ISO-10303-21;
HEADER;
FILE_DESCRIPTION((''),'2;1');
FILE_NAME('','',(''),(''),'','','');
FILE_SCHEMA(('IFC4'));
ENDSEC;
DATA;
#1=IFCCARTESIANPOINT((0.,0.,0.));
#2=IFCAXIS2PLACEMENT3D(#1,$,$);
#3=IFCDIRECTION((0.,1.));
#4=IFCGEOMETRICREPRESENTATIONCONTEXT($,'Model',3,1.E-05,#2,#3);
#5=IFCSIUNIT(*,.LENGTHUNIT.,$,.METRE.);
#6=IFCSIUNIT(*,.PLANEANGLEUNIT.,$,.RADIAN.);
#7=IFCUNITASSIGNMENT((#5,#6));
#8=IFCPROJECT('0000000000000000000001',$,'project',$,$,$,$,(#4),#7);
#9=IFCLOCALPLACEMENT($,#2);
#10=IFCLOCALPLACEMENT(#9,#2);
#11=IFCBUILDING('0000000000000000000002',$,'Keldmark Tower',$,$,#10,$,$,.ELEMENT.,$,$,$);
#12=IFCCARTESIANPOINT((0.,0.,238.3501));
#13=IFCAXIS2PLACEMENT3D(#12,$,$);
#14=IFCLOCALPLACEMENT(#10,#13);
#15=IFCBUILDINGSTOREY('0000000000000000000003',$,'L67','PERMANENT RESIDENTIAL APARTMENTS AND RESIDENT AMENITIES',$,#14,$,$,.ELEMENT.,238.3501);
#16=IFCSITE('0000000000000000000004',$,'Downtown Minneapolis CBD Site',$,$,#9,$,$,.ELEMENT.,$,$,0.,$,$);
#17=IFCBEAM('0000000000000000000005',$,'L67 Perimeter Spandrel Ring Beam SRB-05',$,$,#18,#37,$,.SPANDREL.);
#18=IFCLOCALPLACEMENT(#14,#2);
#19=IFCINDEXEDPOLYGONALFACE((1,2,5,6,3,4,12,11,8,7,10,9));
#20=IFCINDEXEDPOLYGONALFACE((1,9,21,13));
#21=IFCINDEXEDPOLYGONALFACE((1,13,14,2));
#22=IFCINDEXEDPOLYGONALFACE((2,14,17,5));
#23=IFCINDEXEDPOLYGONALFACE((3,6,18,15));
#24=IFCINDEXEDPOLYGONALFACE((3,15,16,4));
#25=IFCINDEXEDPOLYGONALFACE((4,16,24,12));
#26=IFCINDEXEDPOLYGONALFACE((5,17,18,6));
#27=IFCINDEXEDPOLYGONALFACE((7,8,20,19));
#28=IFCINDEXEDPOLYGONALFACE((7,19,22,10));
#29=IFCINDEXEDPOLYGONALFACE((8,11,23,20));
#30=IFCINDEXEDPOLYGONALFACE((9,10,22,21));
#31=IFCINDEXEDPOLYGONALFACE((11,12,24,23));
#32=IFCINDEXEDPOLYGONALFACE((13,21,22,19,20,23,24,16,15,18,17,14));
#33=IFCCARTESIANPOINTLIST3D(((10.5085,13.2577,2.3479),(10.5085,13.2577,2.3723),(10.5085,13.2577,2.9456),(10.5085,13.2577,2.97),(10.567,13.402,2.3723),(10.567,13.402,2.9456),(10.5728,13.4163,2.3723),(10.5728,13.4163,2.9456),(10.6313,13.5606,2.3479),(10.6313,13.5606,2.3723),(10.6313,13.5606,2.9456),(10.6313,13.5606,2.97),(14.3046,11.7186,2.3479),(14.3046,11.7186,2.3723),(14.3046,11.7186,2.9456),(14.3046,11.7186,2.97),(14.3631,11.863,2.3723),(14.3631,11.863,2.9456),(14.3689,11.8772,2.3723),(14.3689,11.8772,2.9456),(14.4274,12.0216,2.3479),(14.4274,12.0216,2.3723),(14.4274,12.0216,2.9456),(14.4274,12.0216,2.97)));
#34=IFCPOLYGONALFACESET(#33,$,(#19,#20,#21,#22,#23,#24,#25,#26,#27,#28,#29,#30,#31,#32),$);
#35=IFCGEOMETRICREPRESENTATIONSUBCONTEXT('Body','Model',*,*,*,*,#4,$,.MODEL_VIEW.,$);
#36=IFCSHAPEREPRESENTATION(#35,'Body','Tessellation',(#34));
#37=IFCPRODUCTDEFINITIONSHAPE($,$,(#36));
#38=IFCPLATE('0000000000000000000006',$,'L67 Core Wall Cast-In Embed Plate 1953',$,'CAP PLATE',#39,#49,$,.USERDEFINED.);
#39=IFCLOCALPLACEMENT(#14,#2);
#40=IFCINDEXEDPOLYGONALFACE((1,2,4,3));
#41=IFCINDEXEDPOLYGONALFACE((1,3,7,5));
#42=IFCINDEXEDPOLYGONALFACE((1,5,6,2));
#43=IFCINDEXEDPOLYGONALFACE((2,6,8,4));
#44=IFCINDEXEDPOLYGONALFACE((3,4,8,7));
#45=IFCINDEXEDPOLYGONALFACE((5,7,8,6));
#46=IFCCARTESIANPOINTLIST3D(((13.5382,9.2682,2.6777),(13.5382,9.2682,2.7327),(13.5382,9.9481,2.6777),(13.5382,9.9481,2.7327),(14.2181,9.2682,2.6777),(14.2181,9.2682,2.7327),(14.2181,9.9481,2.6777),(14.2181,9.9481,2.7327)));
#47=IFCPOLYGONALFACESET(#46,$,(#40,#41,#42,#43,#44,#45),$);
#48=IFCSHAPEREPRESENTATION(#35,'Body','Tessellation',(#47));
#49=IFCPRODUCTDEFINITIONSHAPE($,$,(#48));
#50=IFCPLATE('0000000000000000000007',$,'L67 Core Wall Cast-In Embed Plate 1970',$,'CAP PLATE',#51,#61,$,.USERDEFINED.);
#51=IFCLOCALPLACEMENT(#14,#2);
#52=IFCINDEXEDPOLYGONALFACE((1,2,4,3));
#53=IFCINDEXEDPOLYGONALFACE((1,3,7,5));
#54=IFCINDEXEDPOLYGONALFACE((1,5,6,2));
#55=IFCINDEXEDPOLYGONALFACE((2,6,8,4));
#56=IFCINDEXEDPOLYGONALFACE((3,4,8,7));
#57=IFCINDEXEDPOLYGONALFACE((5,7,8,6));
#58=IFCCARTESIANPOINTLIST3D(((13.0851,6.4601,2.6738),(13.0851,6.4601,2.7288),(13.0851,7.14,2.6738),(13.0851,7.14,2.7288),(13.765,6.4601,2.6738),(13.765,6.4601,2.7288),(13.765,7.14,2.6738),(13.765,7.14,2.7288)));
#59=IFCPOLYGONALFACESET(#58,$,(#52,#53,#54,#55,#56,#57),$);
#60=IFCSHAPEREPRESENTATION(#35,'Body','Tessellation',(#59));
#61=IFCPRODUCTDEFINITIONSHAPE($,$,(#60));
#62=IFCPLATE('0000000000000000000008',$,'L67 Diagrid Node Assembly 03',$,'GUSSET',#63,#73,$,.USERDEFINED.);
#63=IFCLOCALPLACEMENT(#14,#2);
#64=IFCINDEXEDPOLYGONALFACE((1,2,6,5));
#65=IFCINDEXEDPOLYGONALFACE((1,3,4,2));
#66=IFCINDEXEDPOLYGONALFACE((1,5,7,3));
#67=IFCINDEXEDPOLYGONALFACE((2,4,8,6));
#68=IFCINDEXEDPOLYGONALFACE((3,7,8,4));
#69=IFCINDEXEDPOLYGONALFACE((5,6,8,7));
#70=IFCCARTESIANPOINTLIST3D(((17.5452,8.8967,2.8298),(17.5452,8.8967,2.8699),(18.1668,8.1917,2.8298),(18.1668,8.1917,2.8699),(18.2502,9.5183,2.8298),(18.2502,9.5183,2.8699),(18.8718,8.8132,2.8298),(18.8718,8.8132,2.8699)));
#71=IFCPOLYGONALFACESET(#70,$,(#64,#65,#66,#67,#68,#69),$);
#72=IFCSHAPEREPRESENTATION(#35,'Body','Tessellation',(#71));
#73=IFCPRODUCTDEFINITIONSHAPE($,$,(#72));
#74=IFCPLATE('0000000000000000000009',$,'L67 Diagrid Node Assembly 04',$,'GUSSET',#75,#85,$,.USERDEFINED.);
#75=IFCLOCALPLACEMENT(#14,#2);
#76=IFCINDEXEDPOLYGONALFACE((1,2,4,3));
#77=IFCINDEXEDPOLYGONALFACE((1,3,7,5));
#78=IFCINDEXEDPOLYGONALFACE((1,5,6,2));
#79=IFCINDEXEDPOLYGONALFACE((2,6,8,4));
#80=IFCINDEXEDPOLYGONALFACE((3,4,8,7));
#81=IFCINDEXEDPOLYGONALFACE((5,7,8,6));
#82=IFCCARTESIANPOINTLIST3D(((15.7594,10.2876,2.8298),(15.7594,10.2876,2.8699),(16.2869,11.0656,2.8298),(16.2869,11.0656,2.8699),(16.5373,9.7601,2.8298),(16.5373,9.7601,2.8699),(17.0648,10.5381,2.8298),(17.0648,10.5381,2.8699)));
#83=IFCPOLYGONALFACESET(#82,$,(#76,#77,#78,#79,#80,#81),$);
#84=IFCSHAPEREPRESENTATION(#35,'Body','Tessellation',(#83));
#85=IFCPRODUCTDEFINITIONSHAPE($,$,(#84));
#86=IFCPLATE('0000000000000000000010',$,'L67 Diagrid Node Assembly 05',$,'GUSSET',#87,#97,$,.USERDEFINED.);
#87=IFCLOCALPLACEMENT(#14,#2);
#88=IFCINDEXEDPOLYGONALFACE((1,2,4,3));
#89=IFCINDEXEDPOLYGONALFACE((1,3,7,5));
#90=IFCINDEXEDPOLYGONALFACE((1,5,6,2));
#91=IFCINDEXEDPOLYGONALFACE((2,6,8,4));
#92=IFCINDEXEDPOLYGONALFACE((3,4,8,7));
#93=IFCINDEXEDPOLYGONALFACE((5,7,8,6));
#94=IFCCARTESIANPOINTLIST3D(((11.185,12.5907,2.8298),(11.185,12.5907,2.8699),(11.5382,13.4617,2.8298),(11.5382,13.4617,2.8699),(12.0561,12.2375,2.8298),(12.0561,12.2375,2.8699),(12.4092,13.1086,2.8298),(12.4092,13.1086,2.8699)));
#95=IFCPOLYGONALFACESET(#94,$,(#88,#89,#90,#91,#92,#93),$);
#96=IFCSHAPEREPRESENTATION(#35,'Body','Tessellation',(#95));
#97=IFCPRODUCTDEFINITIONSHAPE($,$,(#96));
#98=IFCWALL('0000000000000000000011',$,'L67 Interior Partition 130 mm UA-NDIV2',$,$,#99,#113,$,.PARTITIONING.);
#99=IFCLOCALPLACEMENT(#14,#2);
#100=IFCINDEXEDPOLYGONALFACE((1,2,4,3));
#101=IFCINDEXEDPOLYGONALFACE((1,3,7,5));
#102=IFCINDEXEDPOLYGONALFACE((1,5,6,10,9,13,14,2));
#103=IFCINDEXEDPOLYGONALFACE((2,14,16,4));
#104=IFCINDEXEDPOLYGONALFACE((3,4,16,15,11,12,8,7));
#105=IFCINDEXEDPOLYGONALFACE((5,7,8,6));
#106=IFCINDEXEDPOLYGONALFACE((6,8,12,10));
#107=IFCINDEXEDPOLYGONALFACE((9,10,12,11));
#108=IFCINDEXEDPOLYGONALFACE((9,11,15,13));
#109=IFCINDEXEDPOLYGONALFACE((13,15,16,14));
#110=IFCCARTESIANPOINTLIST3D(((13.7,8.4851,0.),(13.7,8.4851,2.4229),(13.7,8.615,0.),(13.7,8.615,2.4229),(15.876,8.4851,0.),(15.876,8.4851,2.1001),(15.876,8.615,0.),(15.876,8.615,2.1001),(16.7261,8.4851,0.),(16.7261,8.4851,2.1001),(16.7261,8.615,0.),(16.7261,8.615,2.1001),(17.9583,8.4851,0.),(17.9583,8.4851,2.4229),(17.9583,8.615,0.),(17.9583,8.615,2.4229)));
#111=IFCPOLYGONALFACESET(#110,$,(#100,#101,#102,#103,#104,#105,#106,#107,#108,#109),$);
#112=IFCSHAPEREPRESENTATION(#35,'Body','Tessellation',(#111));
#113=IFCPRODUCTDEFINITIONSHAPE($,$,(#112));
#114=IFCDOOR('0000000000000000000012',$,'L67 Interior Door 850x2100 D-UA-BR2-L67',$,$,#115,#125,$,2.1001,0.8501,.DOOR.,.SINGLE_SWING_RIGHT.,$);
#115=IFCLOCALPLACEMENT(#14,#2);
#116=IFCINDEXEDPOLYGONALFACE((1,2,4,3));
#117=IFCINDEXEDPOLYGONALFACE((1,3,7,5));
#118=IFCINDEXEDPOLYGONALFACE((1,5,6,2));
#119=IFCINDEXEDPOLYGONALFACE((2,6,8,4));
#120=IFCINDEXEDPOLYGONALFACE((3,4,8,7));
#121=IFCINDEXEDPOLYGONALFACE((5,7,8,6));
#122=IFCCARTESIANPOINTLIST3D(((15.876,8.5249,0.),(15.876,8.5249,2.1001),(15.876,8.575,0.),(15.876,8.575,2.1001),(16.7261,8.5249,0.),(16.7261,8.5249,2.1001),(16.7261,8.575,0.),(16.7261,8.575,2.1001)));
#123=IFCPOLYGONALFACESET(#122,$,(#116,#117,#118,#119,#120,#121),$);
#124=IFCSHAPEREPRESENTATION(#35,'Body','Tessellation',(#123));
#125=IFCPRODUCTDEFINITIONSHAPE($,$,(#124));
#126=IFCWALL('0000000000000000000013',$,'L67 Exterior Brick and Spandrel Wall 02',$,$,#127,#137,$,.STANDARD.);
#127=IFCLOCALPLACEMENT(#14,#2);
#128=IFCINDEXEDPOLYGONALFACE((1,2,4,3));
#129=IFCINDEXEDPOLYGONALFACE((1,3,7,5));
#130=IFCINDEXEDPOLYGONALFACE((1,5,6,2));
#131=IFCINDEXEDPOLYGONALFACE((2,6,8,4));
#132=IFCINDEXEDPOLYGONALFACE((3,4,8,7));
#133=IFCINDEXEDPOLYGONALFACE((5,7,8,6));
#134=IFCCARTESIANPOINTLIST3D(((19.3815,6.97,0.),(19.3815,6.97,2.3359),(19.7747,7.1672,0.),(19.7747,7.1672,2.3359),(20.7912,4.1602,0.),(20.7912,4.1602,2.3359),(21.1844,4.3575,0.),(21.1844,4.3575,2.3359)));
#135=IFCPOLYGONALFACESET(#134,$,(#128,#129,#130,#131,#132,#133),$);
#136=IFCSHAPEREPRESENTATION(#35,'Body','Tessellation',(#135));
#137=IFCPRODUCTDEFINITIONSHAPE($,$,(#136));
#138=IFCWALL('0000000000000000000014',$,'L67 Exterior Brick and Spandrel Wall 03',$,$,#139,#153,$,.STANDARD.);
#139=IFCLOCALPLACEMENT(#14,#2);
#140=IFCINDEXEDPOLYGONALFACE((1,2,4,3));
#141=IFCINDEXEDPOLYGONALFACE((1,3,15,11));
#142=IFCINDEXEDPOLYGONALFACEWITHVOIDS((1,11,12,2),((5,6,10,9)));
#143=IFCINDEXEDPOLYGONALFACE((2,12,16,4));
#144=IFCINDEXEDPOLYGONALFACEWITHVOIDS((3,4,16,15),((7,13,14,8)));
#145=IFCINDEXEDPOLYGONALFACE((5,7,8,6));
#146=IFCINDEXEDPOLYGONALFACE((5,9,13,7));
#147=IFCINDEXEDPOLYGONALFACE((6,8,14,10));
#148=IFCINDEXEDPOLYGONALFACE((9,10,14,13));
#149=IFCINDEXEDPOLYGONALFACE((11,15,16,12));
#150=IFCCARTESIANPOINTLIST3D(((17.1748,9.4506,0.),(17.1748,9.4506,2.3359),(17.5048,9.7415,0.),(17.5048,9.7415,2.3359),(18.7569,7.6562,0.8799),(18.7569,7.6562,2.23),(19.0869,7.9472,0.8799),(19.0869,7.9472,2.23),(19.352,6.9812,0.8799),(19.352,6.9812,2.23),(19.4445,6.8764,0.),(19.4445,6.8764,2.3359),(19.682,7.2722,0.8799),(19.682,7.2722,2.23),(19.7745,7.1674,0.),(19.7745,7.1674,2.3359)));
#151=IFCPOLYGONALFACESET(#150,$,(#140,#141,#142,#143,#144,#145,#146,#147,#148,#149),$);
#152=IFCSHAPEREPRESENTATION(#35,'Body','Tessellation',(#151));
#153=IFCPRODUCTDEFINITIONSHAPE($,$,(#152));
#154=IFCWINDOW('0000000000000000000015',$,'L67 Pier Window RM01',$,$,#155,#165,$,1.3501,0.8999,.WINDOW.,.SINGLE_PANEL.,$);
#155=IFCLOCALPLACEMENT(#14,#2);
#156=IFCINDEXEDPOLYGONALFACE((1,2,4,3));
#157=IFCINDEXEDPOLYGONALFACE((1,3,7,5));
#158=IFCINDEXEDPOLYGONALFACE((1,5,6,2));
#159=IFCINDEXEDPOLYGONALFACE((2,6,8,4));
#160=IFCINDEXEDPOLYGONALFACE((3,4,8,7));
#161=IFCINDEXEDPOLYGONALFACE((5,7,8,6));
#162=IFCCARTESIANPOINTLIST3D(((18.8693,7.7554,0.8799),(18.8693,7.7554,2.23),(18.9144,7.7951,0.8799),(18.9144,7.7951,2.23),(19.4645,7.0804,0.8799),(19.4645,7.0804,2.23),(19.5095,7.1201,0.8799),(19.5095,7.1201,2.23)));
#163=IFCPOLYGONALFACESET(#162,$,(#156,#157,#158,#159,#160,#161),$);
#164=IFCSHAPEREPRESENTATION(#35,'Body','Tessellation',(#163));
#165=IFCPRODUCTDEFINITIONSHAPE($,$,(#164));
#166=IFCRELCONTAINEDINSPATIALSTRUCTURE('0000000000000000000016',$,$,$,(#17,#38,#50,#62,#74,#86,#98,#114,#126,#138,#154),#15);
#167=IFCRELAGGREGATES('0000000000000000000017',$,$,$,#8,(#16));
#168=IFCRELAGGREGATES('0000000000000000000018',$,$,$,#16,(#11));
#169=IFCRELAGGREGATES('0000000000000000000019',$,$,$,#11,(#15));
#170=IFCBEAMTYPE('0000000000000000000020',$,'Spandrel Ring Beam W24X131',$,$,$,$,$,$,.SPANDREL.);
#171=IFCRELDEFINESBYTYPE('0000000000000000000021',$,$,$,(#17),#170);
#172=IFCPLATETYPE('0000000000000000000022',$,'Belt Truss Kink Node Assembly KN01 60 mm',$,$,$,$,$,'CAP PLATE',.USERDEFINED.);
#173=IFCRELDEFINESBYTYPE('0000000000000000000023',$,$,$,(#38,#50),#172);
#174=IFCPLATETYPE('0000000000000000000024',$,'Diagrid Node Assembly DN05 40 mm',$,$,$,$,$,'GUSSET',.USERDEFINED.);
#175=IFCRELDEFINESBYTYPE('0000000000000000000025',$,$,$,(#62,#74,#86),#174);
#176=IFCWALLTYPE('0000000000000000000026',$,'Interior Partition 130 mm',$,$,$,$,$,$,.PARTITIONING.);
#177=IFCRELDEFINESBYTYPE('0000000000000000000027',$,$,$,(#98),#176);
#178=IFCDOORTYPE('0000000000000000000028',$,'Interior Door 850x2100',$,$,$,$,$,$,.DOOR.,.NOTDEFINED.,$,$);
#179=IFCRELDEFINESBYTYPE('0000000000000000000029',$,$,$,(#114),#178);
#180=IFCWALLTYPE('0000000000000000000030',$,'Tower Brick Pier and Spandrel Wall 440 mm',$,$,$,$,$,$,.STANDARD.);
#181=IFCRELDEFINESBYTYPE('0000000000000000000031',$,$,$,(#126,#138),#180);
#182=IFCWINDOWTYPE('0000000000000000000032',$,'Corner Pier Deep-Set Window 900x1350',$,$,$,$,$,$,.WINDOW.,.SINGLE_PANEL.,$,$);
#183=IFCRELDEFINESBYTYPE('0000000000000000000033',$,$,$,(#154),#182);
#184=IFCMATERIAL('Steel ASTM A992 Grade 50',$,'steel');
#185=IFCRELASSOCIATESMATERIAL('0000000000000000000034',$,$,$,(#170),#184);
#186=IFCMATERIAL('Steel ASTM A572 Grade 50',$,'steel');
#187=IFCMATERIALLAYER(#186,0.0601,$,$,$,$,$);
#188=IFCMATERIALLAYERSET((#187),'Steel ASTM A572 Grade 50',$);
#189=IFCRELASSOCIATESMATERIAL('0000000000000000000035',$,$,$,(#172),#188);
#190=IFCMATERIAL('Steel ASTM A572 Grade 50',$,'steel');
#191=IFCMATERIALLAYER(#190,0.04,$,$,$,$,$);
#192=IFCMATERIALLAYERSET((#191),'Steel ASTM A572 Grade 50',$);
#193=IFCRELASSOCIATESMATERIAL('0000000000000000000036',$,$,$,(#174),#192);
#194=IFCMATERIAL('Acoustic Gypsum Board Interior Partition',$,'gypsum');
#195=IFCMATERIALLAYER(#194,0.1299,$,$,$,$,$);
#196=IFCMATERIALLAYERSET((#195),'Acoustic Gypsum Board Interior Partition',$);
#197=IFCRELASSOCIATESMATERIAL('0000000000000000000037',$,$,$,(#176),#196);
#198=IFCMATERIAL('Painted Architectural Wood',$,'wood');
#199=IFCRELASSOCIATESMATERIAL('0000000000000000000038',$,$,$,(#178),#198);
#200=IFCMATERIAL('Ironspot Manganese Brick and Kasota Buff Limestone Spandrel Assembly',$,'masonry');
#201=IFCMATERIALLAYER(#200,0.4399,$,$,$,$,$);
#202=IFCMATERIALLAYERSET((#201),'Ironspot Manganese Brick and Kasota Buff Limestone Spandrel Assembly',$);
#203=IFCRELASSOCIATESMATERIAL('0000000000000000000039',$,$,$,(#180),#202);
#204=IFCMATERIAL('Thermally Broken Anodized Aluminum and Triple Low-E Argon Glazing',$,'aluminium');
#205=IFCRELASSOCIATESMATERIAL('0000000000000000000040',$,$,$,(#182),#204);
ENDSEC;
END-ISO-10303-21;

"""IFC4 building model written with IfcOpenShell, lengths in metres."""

from ifc_helpers import new_model, si_unit, direction, frame, frame_2d, origin, origin_2d, place, context, subcontext, project, spatial, rectangle, i_section, extrude, material, layer, layer_set, material_profile, profile_set, type_object, element, fill, save


model = new_model("IFC4")

# Units and contexts
model_context = context("Model", 3, precision=1e-05, world=origin(), true_north=direction((0.0, 1.0)))
body_context = subcontext(model_context, "Body", "Model", "MODEL_VIEW")
ifc_project = project(units=[si_unit("LENGTHUNIT", "METRE"), si_unit("PLANEANGLEUNIT", "RADIAN")], contexts=[model_context])

# Site, building, storey
site_placement = place(None, origin())
site = spatial("IfcSite", under=ifc_project, at=site_placement, Name="Downtown Minneapolis CBD Site", CompositionType="ELEMENT", RefElevation=0.0)
building_placement = place(site_placement, origin())
building = spatial("IfcBuilding", under=site, at=building_placement, Name="Keldmark Tower", CompositionType="ELEMENT")
storey_placement = place(building_placement, frame((0.0, 0.0, 238.3501)))
storey = spatial("IfcBuildingStorey", under=building, at=storey_placement, Name="L67", Description="PERMANENT RESIDENTIAL APARTMENTS AND RESIDENT AMENITIES", CompositionType="ELEMENT", Elevation=238.3501)

# Beam
ifc_material_1 = material(Name="Steel ASTM A992 Grade 50", Category="steel")
ifc_material_profile_1 = material_profile(ifc_material_1, i_section(OverallWidth=0.3269, OverallDepth=0.6221, WebThickness=0.0154, FlangeThickness=0.0244, at=origin_2d()), Name="W24X131")
ifc_profile_set_1 = profile_set([ifc_material_profile_1], Name="Steel ASTM A992 Grade 50")
beam_type_1 = type_object("IfcBeamType", Name="Spandrel Ring Beam W24X131", PredefinedType="SPANDREL", material=ifc_profile_set_1)
beam_1_placement = place(storey_placement, frame((14.366, 11.8701, 2.6589), z_axis=(-0.926732, 0.375723, 0.0), x_axis=(-0.375723, -0.926732, 0.0)))
element("IfcBeam", 1, at=beam_1_placement, inside=storey, type_object=beam_type_1, Name="L67 Perimeter Spandrel Ring Beam SRB-05", PredefinedType="SPANDREL", context=body_context, shape_type="SweptSolid", body=[
    extrude(i_section(OverallWidth=0.3269, OverallDepth=0.6221, WebThickness=0.0154, FlangeThickness=0.0244, at=origin_2d()), origin(), (0.0, 0.0, 1.0), 4.0962),
])

# Plates
ifc_material_2 = material(Name="Steel ASTM A572 Grade 50", Category="steel")
ifc_layer_1 = layer(ifc_material_2, 0.0601)
ifc_layer_set_1 = layer_set([ifc_layer_1], Name="Steel ASTM A572 Grade 50")
plate_type_1 = type_object("IfcPlateType", Name="Belt Truss Kink Node Assembly KN01 60 mm", ElementType="CAP PLATE", PredefinedType="USERDEFINED", material=ifc_layer_set_1)
for number, where, z_axis, x_axis, name in (
    (2, (13.8782, 9.6082, 2.6777), (0.0, 0.0, 1.0), (1.0, 0.0, 0.0), "L67 Core Wall Cast-In Embed Plate 1953"),
    (3, (13.425, 6.8, 2.6738), (0.0, 0.0, 1.0), (1.0, 0.0, 0.0), "L67 Core Wall Cast-In Embed Plate 1970"),
):
    element("IfcPlate", number, at=place(storey_placement, frame(where, z_axis=z_axis, x_axis=x_axis)), inside=storey, type_object=plate_type_1, Name=name, ObjectType="CAP PLATE", PredefinedType="USERDEFINED", context=body_context, shape_type="SweptSolid", body=[
        extrude(rectangle(XDim=0.6799, YDim=0.6799, at=origin_2d()), origin(), (0.0, 0.0, 1.0), 0.0549),
    ])
ifc_material_3 = material(Name="Steel ASTM A572 Grade 50", Category="steel")
ifc_layer_2 = layer(ifc_material_3, 0.04)
ifc_layer_set_2 = layer_set([ifc_layer_2], Name="Steel ASTM A572 Grade 50")
plate_type_2 = type_object("IfcPlateType", Name="Diagrid Node Assembly DN05 40 mm", ElementType="GUSSET", PredefinedType="USERDEFINED", material=ifc_layer_set_2)
for number, where, z_axis, x_axis, name in (
    (4, (18.2085, 8.855, 2.8298), (0.0, 0.0, 1.0), (-0.661312, 0.750111, 0.0), "L67 Diagrid Node Assembly 03"),
    (5, (16.4121, 10.4128, 2.8298), (0.0, 0.0, 1.0), (-0.827669, 0.561217, 0.0), "L67 Diagrid Node Assembly 04"),
    (6, (11.7971, 12.8496, 2.8298), (0.0, 0.0, 1.0), (-0.926725, 0.375739, 0.0), "L67 Diagrid Node Assembly 05"),
):
    element("IfcPlate", number, at=place(storey_placement, frame(where, z_axis=z_axis, x_axis=x_axis)), inside=storey, type_object=plate_type_2, Name=name, ObjectType="GUSSET", PredefinedType="USERDEFINED", context=body_context, shape_type="SweptSolid", body=[
        extrude(rectangle(XDim=0.9399, YDim=0.9399, at=origin_2d()), origin(), (0.0, 0.0, 1.0), 0.04),
    ])

# Wall, opening, door
ifc_material_4 = material(Name="Acoustic Gypsum Board Interior Partition", Category="gypsum")
ifc_layer_3 = layer(ifc_material_4, 0.1299)
ifc_layer_set_3 = layer_set([ifc_layer_3], Name="Acoustic Gypsum Board Interior Partition")
wall_type_1 = type_object("IfcWallType", Name="Interior Partition 130 mm", PredefinedType="PARTITIONING", material=ifc_layer_set_3)
wall_1_placement = place(storey_placement, frame((13.7, 8.55, 0.0), z_axis=(0.0, 0.0, 1.0), x_axis=(1.0, 0.0, 0.0)))
wall_1 = element("IfcWall", 7, at=wall_1_placement, inside=storey, type_object=wall_type_1, Name="L67 Interior Partition 130 mm UA-NDIV2", PredefinedType="PARTITIONING", context=body_context, shape_type="SweptSolid", body=[
    extrude(rectangle(XDim=4.2583, YDim=0.1299, at=frame_2d((2.1292, 0.0))), origin(), (0.0, 0.0, 1.0), 2.4229),
])
opening_1_placement = place(wall_1_placement, frame((2.176, 0.0, 0.0)))
opening_1 = element("IfcOpeningElement", 8, at=opening_1_placement, cuts=wall_1, PredefinedType="OPENING", context=body_context, shape_type="SweptSolid", body=[
    extrude(rectangle(XDim=0.8501, YDim=2.1001, at=frame_2d((0.425, 1.05))), frame((0.0, 0.075, 0.0), z_axis=(0.0, -1.0, 0.0), x_axis=(1.0, 0.0, 0.0)), (0.0, 0.0, 1.0), 0.1499),
])
ifc_material_5 = material(Name="Painted Architectural Wood", Category="wood")
door_type = type_object("IfcDoorType", Name="Interior Door 850x2100", OperationType="NOTDEFINED", PredefinedType="DOOR", material=ifc_material_5)
door_placement = place(opening_1_placement, origin())
door = element("IfcDoor", 9, at=door_placement, inside=storey, type_object=door_type, Name="L67 Interior Door 850x2100 D-UA-BR2-L67", OperationType="SINGLE_SWING_RIGHT", OverallHeight=2.1001, OverallWidth=0.8501, PredefinedType="DOOR", context=body_context, shape_type="SweptSolid", body=[
    extrude(rectangle(XDim=0.8501, YDim=2.1001, at=frame_2d((0.425, 1.05))), frame((0.0, 0.0249, 0.0), z_axis=(0.0, -1.0, 0.0), x_axis=(1.0, 0.0, 0.0)), (0.0, 0.0, 1.0), 0.05),
])
fill(opening_1, door)

# Wall
ifc_material_6 = material(Name="Ironspot Manganese Brick and Kasota Buff Limestone Spandrel Assembly", Category="masonry")
ifc_layer_4 = layer(ifc_material_6, 0.4399)
ifc_layer_set_4 = layer_set([ifc_layer_4], Name="Ironspot Manganese Brick and Kasota Buff Limestone Spandrel Assembly")
wall_type_2 = type_object("IfcWallType", Name="Tower Brick Pier and Spandrel Wall 440 mm", PredefinedType="STANDARD", material=ifc_layer_set_4)
wall_2_placement = place(storey_placement, frame((19.5781, 7.0686, 0.0), z_axis=(0.0, 0.0, 1.0), x_axis=(0.448425, -0.893821, 0.0)))
element("IfcWall", 10, at=wall_2_placement, inside=storey, type_object=wall_type_2, Name="L67 Exterior Brick and Spandrel Wall 02", PredefinedType="STANDARD", context=body_context, shape_type="SweptSolid", body=[
    extrude(rectangle(XDim=3.1436, YDim=0.4399, at=frame_2d((1.5718, 0.0))), origin(), (0.0, 0.0, 1.0), 2.3359),
])

# Wall, opening, window
wall_3_placement = place(storey_placement, frame((17.3398, 9.5959, 0.0), z_axis=(0.0, 0.0, 1.0), x_axis=(0.66136, -0.750068, 0.0)))
wall_3 = element("IfcWall", 11, at=wall_3_placement, inside=storey, type_object=wall_type_2, Name="L67 Exterior Brick and Spandrel Wall 03", PredefinedType="STANDARD", context=body_context, shape_type="SweptSolid", body=[
    extrude(rectangle(XDim=3.4319, YDim=0.4399, at=frame_2d((1.7158, 0.0))), origin(), (0.0, 0.0, 1.0), 2.3359),
])
opening_2_placement = place(wall_3_placement, frame((2.3921, 0.0, 0.8799)))
opening_2 = element("IfcOpeningElement", 12, at=opening_2_placement, cuts=wall_3, PredefinedType="OPENING", context=body_context, shape_type="SweptSolid", body=[
    extrude(rectangle(XDim=0.8999, YDim=1.3501, at=frame_2d((0.45, 0.675))), frame((0.0, 0.23, 0.0), z_axis=(0.0, -1.0, 0.0), x_axis=(1.0, 0.0, 0.0)), (0.0, 0.0, 1.0), 0.46),
])
ifc_material_7 = material(Name="Thermally Broken Anodized Aluminum and Triple Low-E Argon Glazing", Category="aluminium")
window_type = type_object("IfcWindowType", Name="Corner Pier Deep-Set Window 900x1350", PartitioningType="SINGLE_PANEL", PredefinedType="WINDOW", material=ifc_material_7)
window_1_placement = place(opening_2_placement, origin())
window_1 = element("IfcWindow", 13, at=window_1_placement, inside=storey, type_object=window_type, Name="L67 Pier Window RM01", OverallHeight=1.3501, OverallWidth=0.8999, PartitioningType="SINGLE_PANEL", PredefinedType="WINDOW", context=body_context, shape_type="SweptSolid", body=[
    extrude(rectangle(XDim=0.8999, YDim=1.3501, at=frame_2d((0.45, 0.675))), frame((0.0, -0.01, 0.0), z_axis=(0.0, -1.0, 0.0), x_axis=(1.0, 0.0, 0.0)), (0.0, 0.0, 1.0), 0.0601),
])
fill(opening_2, window_1)

save(model, "model.ifc")
